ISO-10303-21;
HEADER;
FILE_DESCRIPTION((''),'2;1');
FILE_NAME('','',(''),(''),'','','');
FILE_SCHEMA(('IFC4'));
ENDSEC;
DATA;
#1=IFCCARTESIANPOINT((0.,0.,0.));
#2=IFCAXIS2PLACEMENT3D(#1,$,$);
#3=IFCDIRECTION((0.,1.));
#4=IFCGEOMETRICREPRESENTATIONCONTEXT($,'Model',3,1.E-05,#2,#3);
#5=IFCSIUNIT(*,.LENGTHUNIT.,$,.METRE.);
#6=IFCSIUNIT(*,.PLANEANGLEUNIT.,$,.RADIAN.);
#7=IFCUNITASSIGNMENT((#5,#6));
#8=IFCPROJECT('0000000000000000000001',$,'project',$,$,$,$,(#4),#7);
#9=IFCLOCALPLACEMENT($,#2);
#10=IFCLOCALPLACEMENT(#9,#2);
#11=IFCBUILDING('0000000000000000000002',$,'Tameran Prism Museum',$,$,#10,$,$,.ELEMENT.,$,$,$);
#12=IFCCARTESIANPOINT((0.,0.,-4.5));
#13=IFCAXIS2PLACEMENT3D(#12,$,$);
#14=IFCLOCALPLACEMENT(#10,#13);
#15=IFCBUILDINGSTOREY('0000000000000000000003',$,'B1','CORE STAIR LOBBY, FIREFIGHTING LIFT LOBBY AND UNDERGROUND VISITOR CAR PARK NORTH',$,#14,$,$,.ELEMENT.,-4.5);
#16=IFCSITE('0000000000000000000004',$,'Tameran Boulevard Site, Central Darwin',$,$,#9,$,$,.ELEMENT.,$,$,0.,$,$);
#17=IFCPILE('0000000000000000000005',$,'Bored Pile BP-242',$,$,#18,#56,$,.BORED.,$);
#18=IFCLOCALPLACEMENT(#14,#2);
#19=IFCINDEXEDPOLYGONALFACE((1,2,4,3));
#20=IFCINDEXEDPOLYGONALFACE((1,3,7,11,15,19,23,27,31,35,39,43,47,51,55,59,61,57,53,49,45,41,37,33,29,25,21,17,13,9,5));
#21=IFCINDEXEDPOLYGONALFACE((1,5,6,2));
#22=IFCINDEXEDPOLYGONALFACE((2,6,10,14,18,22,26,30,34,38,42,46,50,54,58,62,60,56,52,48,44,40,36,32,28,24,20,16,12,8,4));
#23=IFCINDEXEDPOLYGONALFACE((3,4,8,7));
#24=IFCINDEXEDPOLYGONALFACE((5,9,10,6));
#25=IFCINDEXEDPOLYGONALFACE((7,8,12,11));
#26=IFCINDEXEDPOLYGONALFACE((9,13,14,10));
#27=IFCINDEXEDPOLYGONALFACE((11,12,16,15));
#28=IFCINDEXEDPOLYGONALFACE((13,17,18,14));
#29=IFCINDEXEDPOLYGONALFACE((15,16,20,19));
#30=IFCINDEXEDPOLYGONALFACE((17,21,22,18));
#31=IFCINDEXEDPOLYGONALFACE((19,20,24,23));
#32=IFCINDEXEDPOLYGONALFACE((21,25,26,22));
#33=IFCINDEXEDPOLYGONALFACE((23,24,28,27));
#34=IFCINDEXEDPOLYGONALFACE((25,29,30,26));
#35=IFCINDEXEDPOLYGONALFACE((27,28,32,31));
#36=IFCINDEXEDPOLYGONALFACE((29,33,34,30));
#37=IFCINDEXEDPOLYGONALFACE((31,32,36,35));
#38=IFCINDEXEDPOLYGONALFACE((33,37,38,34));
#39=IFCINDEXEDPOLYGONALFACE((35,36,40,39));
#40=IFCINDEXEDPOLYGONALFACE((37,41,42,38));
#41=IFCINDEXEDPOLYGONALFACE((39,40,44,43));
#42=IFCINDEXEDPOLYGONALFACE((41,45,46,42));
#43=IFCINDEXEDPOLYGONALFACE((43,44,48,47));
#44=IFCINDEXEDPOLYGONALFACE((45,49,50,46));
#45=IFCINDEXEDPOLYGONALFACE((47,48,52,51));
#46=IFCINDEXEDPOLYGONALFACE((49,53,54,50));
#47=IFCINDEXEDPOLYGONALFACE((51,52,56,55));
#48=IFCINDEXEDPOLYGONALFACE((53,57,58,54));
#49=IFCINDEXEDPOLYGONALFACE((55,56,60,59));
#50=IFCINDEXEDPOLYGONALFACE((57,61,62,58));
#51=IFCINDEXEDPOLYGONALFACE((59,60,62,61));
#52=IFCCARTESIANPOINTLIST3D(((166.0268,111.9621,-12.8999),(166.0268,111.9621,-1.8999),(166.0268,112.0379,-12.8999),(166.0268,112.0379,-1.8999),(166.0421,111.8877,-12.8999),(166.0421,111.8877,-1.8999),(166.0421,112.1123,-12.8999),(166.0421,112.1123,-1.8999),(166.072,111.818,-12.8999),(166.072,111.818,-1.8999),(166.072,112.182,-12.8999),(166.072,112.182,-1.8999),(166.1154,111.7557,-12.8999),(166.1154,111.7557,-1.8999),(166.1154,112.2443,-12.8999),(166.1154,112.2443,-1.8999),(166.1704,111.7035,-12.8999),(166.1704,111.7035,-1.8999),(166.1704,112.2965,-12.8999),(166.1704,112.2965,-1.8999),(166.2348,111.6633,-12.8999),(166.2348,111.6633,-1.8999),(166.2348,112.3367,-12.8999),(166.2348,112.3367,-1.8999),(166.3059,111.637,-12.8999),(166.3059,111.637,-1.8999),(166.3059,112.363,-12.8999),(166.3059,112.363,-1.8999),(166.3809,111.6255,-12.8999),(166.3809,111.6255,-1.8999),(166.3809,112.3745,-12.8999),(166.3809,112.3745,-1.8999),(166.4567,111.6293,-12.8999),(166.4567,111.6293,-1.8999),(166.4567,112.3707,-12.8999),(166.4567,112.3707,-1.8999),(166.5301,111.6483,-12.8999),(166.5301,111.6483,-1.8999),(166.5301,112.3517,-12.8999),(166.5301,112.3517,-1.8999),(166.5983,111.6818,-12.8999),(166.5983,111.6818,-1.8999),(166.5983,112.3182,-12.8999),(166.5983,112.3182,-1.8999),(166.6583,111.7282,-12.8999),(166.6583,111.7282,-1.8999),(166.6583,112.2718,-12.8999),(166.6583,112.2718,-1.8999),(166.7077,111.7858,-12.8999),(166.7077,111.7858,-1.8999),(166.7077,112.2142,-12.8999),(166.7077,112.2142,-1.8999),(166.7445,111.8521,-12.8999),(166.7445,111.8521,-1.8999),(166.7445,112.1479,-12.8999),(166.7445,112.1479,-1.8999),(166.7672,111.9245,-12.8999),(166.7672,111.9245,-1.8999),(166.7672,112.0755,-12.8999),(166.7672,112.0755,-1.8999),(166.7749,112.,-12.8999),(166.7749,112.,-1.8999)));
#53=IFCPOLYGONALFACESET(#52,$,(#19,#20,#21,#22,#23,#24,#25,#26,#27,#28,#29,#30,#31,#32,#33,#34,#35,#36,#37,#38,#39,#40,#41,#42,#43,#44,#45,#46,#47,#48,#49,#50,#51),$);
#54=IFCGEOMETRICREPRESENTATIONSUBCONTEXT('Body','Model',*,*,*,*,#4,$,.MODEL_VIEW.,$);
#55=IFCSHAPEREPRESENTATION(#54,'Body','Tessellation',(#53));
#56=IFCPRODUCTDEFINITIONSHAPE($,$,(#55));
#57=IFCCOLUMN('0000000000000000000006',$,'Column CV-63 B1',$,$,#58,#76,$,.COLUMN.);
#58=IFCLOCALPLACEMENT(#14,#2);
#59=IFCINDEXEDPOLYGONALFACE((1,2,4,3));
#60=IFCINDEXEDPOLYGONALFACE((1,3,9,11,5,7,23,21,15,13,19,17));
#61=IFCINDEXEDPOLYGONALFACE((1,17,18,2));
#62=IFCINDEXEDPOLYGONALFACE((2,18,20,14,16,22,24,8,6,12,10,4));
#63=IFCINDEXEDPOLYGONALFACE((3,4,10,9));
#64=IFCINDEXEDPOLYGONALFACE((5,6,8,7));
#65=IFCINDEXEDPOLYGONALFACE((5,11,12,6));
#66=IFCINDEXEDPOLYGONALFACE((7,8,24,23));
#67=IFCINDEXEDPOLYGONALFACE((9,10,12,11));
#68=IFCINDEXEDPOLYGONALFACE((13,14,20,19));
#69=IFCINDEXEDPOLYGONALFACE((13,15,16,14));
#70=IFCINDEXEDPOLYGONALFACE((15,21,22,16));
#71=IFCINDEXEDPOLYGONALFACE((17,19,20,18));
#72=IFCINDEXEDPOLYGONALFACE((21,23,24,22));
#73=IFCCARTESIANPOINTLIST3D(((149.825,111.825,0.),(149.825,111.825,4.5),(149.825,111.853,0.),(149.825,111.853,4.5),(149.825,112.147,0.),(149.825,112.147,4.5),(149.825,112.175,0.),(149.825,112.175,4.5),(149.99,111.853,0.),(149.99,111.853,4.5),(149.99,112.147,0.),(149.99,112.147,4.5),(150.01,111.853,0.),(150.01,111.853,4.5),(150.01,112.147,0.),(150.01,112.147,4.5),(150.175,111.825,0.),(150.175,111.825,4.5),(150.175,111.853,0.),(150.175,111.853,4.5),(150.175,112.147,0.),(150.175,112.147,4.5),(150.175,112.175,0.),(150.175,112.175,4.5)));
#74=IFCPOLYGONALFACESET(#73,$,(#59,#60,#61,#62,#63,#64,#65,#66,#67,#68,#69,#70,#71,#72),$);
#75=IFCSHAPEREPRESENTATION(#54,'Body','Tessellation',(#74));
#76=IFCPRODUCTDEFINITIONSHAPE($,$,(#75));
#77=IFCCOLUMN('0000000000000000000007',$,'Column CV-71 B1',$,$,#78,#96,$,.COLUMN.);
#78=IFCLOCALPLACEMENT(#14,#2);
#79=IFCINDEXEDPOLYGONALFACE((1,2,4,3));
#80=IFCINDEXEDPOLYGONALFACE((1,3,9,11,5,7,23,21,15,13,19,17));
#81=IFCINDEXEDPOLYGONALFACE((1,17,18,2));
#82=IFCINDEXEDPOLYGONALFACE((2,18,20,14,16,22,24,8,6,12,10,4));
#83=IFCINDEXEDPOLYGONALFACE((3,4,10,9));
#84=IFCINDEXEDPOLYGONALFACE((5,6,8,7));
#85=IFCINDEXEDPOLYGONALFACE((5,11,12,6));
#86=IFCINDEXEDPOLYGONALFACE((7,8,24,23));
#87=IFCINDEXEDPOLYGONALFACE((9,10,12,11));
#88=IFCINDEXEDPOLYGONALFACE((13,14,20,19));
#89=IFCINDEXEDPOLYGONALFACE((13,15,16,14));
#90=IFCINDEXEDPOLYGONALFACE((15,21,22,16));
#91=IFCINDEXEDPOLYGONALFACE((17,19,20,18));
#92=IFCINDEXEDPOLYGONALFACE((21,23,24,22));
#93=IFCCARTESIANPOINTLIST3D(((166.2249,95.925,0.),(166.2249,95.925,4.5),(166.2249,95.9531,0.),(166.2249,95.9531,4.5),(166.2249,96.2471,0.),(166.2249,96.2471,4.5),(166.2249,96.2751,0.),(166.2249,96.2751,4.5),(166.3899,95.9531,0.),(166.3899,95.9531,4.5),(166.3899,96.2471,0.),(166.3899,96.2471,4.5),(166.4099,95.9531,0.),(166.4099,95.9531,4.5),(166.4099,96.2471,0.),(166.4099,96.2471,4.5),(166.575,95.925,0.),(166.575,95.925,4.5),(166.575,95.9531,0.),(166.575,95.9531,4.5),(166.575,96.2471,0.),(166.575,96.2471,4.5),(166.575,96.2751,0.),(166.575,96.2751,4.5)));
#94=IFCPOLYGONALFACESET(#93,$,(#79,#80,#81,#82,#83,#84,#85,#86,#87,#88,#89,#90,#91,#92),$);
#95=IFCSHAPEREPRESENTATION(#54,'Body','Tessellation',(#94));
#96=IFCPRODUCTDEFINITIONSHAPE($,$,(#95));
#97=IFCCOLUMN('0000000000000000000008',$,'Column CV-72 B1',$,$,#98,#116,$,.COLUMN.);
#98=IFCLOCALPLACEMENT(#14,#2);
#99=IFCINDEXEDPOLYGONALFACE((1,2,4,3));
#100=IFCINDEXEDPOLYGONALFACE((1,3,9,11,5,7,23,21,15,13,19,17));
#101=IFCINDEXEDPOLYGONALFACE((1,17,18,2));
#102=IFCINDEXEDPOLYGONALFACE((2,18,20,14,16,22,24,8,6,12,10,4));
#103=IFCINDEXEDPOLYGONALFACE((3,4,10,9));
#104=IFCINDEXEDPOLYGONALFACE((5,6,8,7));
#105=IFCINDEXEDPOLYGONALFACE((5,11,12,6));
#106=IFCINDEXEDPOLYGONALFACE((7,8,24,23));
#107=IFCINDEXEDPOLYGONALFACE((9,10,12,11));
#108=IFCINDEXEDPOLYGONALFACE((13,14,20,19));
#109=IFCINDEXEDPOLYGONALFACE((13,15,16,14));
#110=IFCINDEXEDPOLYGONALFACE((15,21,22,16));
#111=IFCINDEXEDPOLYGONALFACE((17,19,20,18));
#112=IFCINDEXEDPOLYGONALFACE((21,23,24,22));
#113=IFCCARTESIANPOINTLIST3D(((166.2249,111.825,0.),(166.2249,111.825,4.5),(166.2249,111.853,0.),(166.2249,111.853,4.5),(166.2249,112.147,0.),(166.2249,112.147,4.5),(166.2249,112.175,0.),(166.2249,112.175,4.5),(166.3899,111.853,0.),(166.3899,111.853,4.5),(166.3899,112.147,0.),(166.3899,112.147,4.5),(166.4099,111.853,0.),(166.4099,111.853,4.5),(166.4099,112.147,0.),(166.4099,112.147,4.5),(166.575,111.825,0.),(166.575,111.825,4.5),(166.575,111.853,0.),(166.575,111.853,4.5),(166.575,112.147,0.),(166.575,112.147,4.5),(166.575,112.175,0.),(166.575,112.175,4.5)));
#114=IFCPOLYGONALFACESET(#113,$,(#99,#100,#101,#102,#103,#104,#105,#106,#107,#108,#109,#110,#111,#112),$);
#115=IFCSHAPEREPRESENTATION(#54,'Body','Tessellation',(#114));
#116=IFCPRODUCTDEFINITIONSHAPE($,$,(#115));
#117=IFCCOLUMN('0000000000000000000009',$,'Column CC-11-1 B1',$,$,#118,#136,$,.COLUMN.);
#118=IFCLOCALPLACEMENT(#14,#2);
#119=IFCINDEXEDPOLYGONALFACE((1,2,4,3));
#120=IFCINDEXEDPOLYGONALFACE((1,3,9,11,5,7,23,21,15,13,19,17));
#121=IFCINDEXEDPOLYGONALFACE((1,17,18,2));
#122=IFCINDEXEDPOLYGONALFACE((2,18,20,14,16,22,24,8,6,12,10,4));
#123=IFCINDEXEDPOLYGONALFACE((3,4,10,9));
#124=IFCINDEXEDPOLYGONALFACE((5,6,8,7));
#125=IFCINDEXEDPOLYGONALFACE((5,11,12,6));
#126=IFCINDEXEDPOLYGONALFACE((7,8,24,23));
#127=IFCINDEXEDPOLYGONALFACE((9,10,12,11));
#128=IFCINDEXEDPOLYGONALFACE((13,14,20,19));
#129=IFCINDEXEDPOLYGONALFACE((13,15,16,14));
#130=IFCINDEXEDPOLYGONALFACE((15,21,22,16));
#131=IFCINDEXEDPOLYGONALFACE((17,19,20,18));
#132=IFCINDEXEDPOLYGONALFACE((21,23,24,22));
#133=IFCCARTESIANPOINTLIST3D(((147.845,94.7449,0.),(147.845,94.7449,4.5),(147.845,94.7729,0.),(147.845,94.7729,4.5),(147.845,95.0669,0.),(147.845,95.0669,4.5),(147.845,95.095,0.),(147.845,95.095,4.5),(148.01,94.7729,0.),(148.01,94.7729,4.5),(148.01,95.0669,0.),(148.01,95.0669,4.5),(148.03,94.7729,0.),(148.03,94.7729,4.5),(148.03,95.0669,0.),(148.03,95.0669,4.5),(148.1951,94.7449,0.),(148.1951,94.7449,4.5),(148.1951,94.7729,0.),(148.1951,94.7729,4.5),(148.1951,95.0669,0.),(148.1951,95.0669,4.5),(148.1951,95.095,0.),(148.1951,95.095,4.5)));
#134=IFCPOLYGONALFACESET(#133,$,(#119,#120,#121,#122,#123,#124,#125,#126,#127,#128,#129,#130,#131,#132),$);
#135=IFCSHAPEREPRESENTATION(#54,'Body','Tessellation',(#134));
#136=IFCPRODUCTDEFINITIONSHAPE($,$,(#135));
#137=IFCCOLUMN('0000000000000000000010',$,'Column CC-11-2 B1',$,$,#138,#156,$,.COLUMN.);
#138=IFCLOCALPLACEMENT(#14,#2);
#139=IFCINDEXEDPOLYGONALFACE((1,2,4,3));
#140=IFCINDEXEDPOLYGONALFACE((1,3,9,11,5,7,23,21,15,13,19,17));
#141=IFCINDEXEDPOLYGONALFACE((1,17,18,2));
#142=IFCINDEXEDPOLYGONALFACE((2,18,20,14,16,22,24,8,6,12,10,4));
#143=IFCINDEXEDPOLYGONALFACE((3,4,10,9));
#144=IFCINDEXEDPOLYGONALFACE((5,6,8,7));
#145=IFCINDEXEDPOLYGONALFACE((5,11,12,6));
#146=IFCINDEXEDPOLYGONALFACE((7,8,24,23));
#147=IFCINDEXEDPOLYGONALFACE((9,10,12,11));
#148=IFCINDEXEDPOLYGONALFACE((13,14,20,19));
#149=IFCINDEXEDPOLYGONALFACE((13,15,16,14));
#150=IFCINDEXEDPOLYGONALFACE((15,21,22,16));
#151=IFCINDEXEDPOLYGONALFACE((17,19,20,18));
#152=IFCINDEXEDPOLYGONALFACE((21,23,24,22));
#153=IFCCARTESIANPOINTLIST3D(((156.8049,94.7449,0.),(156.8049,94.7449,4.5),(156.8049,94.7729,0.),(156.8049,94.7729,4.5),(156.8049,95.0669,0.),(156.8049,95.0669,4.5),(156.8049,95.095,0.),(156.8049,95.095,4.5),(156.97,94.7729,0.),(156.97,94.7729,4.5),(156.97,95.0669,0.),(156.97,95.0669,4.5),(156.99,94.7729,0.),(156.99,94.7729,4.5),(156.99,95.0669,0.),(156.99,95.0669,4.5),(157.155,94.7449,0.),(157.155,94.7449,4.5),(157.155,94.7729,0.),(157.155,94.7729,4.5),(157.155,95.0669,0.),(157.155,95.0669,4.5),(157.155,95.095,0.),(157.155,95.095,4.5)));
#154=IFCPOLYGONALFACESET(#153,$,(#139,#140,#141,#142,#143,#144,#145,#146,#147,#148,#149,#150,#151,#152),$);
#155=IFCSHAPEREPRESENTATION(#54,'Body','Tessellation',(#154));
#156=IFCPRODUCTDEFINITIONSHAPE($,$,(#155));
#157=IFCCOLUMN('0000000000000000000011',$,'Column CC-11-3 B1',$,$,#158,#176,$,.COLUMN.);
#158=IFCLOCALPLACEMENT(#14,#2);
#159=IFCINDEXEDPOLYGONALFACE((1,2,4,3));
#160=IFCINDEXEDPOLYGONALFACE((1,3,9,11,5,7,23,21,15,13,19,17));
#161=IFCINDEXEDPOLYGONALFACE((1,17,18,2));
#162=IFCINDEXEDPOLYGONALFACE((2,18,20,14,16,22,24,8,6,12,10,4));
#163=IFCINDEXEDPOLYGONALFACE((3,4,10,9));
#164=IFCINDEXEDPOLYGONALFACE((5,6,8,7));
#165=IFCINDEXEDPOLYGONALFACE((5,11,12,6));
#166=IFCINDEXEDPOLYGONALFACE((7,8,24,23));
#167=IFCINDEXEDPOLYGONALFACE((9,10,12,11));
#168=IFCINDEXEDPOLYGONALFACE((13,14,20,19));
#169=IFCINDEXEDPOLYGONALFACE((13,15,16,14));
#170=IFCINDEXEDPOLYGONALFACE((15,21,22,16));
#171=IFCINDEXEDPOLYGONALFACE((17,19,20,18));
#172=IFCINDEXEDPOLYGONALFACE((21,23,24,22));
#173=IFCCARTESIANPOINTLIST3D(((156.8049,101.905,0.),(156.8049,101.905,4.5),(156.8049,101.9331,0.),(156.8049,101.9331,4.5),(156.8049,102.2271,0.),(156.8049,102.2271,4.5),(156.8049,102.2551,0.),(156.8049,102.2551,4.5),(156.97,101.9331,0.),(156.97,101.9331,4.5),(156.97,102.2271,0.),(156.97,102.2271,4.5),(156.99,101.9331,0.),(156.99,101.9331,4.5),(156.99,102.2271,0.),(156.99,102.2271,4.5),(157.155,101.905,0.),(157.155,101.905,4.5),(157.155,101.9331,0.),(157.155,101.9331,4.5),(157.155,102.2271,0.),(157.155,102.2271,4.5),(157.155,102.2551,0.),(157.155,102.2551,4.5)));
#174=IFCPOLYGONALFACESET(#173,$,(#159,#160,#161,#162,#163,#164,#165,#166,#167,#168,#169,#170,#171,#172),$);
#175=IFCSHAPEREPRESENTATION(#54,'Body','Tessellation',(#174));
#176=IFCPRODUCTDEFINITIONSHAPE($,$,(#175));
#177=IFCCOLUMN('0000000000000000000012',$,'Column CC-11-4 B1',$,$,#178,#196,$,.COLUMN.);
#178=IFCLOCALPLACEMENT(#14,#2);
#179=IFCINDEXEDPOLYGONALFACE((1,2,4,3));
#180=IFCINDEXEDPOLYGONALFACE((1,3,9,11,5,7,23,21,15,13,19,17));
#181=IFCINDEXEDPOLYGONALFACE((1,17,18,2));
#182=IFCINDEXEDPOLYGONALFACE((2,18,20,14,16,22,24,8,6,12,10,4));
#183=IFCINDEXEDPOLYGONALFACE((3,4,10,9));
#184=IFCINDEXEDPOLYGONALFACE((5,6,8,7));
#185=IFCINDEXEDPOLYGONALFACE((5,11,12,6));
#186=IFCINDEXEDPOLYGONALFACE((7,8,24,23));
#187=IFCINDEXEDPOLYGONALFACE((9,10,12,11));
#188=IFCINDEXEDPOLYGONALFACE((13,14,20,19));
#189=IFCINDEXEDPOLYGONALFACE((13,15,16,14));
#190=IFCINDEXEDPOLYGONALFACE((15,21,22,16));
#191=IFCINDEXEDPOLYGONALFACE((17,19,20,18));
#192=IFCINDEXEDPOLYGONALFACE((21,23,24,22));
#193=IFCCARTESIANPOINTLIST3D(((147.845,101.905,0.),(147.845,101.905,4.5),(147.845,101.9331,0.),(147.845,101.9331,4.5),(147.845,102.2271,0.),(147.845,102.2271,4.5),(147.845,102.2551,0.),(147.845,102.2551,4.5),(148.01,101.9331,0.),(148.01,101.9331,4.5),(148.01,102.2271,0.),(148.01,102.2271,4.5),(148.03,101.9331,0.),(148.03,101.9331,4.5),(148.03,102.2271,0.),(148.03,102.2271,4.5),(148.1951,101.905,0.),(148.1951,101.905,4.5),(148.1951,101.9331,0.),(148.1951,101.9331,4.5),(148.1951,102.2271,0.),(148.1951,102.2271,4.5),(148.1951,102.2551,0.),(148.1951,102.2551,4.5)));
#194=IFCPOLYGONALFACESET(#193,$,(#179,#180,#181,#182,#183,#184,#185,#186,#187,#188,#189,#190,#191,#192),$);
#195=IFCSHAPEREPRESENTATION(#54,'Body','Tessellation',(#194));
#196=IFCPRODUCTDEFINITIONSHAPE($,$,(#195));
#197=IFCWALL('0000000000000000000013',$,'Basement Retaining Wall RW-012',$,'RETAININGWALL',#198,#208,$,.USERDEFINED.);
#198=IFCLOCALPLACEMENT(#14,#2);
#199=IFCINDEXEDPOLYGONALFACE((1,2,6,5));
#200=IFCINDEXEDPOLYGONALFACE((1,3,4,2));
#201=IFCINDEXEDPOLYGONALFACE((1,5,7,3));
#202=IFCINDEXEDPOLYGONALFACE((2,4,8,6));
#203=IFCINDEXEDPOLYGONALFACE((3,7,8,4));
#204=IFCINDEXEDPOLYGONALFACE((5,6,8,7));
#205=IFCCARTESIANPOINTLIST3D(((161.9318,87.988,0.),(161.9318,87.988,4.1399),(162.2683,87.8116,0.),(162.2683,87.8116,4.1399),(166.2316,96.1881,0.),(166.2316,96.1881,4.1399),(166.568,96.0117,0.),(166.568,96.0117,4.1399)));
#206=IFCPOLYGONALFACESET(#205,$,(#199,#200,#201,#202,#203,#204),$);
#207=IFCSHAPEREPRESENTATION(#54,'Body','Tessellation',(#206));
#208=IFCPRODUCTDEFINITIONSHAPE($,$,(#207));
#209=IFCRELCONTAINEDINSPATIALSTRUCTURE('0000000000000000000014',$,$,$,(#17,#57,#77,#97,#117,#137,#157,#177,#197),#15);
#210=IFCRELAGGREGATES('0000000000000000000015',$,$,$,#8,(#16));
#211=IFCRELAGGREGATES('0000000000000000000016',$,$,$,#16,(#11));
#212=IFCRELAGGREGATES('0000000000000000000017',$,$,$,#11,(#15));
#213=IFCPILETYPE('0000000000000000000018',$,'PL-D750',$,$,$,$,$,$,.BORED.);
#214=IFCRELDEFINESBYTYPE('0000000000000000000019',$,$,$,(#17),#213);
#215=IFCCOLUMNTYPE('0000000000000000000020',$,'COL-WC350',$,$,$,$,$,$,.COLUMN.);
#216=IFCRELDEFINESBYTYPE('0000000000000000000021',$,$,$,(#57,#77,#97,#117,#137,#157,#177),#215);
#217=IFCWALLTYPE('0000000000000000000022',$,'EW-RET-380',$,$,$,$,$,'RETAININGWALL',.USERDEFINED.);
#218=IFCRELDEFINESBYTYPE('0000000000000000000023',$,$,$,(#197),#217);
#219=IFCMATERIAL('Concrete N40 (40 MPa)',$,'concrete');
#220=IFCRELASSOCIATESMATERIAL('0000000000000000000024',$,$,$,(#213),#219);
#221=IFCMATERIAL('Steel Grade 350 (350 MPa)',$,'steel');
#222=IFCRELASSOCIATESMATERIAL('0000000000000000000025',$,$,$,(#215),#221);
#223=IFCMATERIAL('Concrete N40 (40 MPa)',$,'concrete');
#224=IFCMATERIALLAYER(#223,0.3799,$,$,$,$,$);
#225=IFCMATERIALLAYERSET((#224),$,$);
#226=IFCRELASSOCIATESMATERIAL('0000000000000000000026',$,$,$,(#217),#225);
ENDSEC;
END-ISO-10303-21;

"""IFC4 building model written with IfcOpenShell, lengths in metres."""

from ifc_helpers import new_model, si_unit, direction, frame, frame_2d, origin, origin_2d, place, context, subcontext, project, spatial, rectangle, circle, i_section, extrude, material, layer, layer_set, material_profile, profile_set, type_object, element, save


model = new_model("IFC4")

# Units and contexts
model_context = context("Model", 3, precision=1e-05, world=origin(), true_north=direction((0.0, 1.0)))
body_context = subcontext(model_context, "Body", "Model", "MODEL_VIEW")
ifc_project = project(units=[si_unit("LENGTHUNIT", "METRE"), si_unit("PLANEANGLEUNIT", "RADIAN")], contexts=[model_context])

# Site, building, storey
site_placement = place(None, origin())
site = spatial("IfcSite", under=ifc_project, at=site_placement, Name="Tameran Boulevard Site, Central Darwin", CompositionType="ELEMENT", RefElevation=0.0)
building_placement = place(site_placement, origin())
building = spatial("IfcBuilding", under=site, at=building_placement, Name="Tameran Prism Museum", CompositionType="ELEMENT")
storey_placement = place(building_placement, frame((0.0, 0.0, -4.5)))
storey = spatial("IfcBuildingStorey", under=building, at=storey_placement, Name="B1", Description="CORE STAIR LOBBY, FIREFIGHTING LIFT LOBBY AND UNDERGROUND VISITOR CAR PARK NORTH", CompositionType="ELEMENT", Elevation=-4.5)

# Pile
ifc_material_1 = material(Name="Concrete N40 (40 MPa)", Category="concrete")
ifc_material_profile_1 = material_profile(ifc_material_1, circle(Radius=0.375, at=origin_2d()))
ifc_profile_set_1 = profile_set([ifc_material_profile_1])
pile_type_1 = type_object("IfcPileType", Name="PL-D750", PredefinedType="BORED", material=ifc_profile_set_1)
for number, where, z_axis, x_axis, name in (
    (1, (166.3999, 112.0, -1.8999), (0.0, 0.0, -1.0), (1.0, 0.0, 0.0), "Bored Pile BP-242"),
):
    element("IfcPile", number, at=place(storey_placement, frame(where, z_axis=z_axis, x_axis=x_axis)), inside=storey, type_object=pile_type_1, Name=name, PredefinedType="BORED", context=body_context, shape_type="SweptSolid", body=[
        extrude(circle(Radius=0.375, at=origin_2d()), origin(), (0.0, 0.0, 1.0), 11.0),
    ])

# Columns
ifc_material_2 = material(Name="Steel Grade 350 (350 MPa)", Category="steel")
ifc_material_profile_2 = material_profile(ifc_material_2, i_section(OverallWidth=0.3501, OverallDepth=0.3501, WebThickness=0.02, FlangeThickness=0.0281, at=origin_2d()))
ifc_profile_set_2 = profile_set([ifc_material_profile_2])
column_type = type_object("IfcColumnType", Name="COL-WC350", PredefinedType="COLUMN", material=ifc_profile_set_2)
for number, where, z_axis, x_axis, name in (
    (2, (150.0, 112.0, 0.0), (0.0, 0.0, 1.0), (1.0, 0.0, 0.0), "Column CV-63 B1"),
    (3, (166.3999, 96.1001, 0.0), (0.0, 0.0, 1.0), (1.0, 0.0, 0.0), "Column CV-71 B1"),
    (4, (166.3999, 112.0, 0.0), (0.0, 0.0, 1.0), (1.0, 0.0, 0.0), "Column CV-72 B1"),
    (5, (148.02, 94.9199, 0.0), (0.0, 0.0, 1.0), (1.0, 0.0, 0.0), "Column CC-11-1 B1"),
    (6, (156.98, 94.9199, 0.0), (0.0, 0.0, 1.0), (1.0, 0.0, 0.0), "Column CC-11-2 B1"),
    (7, (156.98, 102.0801, 0.0), (0.0, 0.0, 1.0), (1.0, 0.0, 0.0), "Column CC-11-3 B1"),
    (8, (148.02, 102.0801, 0.0), (0.0, 0.0, 1.0), (1.0, 0.0, 0.0), "Column CC-11-4 B1"),
):
    element("IfcColumn", number, at=place(storey_placement, frame(where, z_axis=z_axis, x_axis=x_axis)), inside=storey, type_object=column_type, Name=name, PredefinedType="COLUMN", context=body_context, shape_type="SweptSolid", body=[
        extrude(i_section(OverallWidth=0.3501, OverallDepth=0.3501, WebThickness=0.02, FlangeThickness=0.0281, at=origin_2d()), origin(), (0.0, 0.0, 1.0), 4.5),
    ])

# Wall
ifc_material_3 = material(Name="Concrete N40 (40 MPa)", Category="concrete")
ifc_layer = layer(ifc_material_3, 0.3799)
ifc_layer_set = layer_set([ifc_layer])
wall_type = type_object("IfcWallType", Name="EW-RET-380", ElementType="RETAININGWALL", PredefinedType="USERDEFINED", material=ifc_layer_set)
wall_1_placement = place(storey_placement, frame((162.1001, 87.8999, 0.0), z_axis=(0.0, 0.0, 1.0), x_axis=(0.464385, 0.885633, 0.0)))
element("IfcWall", 9, at=wall_1_placement, inside=storey, type_object=wall_type, Name="Basement Retaining Wall RW-012", ObjectType="RETAININGWALL", PredefinedType="USERDEFINED", context=body_context, shape_type="SweptSolid", body=[
    extrude(rectangle(XDim=9.259, YDim=0.3799, at=frame_2d((4.6294, 0.0))), origin(), (0.0, 0.0, 1.0), 4.1399),
])

save(model, "model.ifc")
